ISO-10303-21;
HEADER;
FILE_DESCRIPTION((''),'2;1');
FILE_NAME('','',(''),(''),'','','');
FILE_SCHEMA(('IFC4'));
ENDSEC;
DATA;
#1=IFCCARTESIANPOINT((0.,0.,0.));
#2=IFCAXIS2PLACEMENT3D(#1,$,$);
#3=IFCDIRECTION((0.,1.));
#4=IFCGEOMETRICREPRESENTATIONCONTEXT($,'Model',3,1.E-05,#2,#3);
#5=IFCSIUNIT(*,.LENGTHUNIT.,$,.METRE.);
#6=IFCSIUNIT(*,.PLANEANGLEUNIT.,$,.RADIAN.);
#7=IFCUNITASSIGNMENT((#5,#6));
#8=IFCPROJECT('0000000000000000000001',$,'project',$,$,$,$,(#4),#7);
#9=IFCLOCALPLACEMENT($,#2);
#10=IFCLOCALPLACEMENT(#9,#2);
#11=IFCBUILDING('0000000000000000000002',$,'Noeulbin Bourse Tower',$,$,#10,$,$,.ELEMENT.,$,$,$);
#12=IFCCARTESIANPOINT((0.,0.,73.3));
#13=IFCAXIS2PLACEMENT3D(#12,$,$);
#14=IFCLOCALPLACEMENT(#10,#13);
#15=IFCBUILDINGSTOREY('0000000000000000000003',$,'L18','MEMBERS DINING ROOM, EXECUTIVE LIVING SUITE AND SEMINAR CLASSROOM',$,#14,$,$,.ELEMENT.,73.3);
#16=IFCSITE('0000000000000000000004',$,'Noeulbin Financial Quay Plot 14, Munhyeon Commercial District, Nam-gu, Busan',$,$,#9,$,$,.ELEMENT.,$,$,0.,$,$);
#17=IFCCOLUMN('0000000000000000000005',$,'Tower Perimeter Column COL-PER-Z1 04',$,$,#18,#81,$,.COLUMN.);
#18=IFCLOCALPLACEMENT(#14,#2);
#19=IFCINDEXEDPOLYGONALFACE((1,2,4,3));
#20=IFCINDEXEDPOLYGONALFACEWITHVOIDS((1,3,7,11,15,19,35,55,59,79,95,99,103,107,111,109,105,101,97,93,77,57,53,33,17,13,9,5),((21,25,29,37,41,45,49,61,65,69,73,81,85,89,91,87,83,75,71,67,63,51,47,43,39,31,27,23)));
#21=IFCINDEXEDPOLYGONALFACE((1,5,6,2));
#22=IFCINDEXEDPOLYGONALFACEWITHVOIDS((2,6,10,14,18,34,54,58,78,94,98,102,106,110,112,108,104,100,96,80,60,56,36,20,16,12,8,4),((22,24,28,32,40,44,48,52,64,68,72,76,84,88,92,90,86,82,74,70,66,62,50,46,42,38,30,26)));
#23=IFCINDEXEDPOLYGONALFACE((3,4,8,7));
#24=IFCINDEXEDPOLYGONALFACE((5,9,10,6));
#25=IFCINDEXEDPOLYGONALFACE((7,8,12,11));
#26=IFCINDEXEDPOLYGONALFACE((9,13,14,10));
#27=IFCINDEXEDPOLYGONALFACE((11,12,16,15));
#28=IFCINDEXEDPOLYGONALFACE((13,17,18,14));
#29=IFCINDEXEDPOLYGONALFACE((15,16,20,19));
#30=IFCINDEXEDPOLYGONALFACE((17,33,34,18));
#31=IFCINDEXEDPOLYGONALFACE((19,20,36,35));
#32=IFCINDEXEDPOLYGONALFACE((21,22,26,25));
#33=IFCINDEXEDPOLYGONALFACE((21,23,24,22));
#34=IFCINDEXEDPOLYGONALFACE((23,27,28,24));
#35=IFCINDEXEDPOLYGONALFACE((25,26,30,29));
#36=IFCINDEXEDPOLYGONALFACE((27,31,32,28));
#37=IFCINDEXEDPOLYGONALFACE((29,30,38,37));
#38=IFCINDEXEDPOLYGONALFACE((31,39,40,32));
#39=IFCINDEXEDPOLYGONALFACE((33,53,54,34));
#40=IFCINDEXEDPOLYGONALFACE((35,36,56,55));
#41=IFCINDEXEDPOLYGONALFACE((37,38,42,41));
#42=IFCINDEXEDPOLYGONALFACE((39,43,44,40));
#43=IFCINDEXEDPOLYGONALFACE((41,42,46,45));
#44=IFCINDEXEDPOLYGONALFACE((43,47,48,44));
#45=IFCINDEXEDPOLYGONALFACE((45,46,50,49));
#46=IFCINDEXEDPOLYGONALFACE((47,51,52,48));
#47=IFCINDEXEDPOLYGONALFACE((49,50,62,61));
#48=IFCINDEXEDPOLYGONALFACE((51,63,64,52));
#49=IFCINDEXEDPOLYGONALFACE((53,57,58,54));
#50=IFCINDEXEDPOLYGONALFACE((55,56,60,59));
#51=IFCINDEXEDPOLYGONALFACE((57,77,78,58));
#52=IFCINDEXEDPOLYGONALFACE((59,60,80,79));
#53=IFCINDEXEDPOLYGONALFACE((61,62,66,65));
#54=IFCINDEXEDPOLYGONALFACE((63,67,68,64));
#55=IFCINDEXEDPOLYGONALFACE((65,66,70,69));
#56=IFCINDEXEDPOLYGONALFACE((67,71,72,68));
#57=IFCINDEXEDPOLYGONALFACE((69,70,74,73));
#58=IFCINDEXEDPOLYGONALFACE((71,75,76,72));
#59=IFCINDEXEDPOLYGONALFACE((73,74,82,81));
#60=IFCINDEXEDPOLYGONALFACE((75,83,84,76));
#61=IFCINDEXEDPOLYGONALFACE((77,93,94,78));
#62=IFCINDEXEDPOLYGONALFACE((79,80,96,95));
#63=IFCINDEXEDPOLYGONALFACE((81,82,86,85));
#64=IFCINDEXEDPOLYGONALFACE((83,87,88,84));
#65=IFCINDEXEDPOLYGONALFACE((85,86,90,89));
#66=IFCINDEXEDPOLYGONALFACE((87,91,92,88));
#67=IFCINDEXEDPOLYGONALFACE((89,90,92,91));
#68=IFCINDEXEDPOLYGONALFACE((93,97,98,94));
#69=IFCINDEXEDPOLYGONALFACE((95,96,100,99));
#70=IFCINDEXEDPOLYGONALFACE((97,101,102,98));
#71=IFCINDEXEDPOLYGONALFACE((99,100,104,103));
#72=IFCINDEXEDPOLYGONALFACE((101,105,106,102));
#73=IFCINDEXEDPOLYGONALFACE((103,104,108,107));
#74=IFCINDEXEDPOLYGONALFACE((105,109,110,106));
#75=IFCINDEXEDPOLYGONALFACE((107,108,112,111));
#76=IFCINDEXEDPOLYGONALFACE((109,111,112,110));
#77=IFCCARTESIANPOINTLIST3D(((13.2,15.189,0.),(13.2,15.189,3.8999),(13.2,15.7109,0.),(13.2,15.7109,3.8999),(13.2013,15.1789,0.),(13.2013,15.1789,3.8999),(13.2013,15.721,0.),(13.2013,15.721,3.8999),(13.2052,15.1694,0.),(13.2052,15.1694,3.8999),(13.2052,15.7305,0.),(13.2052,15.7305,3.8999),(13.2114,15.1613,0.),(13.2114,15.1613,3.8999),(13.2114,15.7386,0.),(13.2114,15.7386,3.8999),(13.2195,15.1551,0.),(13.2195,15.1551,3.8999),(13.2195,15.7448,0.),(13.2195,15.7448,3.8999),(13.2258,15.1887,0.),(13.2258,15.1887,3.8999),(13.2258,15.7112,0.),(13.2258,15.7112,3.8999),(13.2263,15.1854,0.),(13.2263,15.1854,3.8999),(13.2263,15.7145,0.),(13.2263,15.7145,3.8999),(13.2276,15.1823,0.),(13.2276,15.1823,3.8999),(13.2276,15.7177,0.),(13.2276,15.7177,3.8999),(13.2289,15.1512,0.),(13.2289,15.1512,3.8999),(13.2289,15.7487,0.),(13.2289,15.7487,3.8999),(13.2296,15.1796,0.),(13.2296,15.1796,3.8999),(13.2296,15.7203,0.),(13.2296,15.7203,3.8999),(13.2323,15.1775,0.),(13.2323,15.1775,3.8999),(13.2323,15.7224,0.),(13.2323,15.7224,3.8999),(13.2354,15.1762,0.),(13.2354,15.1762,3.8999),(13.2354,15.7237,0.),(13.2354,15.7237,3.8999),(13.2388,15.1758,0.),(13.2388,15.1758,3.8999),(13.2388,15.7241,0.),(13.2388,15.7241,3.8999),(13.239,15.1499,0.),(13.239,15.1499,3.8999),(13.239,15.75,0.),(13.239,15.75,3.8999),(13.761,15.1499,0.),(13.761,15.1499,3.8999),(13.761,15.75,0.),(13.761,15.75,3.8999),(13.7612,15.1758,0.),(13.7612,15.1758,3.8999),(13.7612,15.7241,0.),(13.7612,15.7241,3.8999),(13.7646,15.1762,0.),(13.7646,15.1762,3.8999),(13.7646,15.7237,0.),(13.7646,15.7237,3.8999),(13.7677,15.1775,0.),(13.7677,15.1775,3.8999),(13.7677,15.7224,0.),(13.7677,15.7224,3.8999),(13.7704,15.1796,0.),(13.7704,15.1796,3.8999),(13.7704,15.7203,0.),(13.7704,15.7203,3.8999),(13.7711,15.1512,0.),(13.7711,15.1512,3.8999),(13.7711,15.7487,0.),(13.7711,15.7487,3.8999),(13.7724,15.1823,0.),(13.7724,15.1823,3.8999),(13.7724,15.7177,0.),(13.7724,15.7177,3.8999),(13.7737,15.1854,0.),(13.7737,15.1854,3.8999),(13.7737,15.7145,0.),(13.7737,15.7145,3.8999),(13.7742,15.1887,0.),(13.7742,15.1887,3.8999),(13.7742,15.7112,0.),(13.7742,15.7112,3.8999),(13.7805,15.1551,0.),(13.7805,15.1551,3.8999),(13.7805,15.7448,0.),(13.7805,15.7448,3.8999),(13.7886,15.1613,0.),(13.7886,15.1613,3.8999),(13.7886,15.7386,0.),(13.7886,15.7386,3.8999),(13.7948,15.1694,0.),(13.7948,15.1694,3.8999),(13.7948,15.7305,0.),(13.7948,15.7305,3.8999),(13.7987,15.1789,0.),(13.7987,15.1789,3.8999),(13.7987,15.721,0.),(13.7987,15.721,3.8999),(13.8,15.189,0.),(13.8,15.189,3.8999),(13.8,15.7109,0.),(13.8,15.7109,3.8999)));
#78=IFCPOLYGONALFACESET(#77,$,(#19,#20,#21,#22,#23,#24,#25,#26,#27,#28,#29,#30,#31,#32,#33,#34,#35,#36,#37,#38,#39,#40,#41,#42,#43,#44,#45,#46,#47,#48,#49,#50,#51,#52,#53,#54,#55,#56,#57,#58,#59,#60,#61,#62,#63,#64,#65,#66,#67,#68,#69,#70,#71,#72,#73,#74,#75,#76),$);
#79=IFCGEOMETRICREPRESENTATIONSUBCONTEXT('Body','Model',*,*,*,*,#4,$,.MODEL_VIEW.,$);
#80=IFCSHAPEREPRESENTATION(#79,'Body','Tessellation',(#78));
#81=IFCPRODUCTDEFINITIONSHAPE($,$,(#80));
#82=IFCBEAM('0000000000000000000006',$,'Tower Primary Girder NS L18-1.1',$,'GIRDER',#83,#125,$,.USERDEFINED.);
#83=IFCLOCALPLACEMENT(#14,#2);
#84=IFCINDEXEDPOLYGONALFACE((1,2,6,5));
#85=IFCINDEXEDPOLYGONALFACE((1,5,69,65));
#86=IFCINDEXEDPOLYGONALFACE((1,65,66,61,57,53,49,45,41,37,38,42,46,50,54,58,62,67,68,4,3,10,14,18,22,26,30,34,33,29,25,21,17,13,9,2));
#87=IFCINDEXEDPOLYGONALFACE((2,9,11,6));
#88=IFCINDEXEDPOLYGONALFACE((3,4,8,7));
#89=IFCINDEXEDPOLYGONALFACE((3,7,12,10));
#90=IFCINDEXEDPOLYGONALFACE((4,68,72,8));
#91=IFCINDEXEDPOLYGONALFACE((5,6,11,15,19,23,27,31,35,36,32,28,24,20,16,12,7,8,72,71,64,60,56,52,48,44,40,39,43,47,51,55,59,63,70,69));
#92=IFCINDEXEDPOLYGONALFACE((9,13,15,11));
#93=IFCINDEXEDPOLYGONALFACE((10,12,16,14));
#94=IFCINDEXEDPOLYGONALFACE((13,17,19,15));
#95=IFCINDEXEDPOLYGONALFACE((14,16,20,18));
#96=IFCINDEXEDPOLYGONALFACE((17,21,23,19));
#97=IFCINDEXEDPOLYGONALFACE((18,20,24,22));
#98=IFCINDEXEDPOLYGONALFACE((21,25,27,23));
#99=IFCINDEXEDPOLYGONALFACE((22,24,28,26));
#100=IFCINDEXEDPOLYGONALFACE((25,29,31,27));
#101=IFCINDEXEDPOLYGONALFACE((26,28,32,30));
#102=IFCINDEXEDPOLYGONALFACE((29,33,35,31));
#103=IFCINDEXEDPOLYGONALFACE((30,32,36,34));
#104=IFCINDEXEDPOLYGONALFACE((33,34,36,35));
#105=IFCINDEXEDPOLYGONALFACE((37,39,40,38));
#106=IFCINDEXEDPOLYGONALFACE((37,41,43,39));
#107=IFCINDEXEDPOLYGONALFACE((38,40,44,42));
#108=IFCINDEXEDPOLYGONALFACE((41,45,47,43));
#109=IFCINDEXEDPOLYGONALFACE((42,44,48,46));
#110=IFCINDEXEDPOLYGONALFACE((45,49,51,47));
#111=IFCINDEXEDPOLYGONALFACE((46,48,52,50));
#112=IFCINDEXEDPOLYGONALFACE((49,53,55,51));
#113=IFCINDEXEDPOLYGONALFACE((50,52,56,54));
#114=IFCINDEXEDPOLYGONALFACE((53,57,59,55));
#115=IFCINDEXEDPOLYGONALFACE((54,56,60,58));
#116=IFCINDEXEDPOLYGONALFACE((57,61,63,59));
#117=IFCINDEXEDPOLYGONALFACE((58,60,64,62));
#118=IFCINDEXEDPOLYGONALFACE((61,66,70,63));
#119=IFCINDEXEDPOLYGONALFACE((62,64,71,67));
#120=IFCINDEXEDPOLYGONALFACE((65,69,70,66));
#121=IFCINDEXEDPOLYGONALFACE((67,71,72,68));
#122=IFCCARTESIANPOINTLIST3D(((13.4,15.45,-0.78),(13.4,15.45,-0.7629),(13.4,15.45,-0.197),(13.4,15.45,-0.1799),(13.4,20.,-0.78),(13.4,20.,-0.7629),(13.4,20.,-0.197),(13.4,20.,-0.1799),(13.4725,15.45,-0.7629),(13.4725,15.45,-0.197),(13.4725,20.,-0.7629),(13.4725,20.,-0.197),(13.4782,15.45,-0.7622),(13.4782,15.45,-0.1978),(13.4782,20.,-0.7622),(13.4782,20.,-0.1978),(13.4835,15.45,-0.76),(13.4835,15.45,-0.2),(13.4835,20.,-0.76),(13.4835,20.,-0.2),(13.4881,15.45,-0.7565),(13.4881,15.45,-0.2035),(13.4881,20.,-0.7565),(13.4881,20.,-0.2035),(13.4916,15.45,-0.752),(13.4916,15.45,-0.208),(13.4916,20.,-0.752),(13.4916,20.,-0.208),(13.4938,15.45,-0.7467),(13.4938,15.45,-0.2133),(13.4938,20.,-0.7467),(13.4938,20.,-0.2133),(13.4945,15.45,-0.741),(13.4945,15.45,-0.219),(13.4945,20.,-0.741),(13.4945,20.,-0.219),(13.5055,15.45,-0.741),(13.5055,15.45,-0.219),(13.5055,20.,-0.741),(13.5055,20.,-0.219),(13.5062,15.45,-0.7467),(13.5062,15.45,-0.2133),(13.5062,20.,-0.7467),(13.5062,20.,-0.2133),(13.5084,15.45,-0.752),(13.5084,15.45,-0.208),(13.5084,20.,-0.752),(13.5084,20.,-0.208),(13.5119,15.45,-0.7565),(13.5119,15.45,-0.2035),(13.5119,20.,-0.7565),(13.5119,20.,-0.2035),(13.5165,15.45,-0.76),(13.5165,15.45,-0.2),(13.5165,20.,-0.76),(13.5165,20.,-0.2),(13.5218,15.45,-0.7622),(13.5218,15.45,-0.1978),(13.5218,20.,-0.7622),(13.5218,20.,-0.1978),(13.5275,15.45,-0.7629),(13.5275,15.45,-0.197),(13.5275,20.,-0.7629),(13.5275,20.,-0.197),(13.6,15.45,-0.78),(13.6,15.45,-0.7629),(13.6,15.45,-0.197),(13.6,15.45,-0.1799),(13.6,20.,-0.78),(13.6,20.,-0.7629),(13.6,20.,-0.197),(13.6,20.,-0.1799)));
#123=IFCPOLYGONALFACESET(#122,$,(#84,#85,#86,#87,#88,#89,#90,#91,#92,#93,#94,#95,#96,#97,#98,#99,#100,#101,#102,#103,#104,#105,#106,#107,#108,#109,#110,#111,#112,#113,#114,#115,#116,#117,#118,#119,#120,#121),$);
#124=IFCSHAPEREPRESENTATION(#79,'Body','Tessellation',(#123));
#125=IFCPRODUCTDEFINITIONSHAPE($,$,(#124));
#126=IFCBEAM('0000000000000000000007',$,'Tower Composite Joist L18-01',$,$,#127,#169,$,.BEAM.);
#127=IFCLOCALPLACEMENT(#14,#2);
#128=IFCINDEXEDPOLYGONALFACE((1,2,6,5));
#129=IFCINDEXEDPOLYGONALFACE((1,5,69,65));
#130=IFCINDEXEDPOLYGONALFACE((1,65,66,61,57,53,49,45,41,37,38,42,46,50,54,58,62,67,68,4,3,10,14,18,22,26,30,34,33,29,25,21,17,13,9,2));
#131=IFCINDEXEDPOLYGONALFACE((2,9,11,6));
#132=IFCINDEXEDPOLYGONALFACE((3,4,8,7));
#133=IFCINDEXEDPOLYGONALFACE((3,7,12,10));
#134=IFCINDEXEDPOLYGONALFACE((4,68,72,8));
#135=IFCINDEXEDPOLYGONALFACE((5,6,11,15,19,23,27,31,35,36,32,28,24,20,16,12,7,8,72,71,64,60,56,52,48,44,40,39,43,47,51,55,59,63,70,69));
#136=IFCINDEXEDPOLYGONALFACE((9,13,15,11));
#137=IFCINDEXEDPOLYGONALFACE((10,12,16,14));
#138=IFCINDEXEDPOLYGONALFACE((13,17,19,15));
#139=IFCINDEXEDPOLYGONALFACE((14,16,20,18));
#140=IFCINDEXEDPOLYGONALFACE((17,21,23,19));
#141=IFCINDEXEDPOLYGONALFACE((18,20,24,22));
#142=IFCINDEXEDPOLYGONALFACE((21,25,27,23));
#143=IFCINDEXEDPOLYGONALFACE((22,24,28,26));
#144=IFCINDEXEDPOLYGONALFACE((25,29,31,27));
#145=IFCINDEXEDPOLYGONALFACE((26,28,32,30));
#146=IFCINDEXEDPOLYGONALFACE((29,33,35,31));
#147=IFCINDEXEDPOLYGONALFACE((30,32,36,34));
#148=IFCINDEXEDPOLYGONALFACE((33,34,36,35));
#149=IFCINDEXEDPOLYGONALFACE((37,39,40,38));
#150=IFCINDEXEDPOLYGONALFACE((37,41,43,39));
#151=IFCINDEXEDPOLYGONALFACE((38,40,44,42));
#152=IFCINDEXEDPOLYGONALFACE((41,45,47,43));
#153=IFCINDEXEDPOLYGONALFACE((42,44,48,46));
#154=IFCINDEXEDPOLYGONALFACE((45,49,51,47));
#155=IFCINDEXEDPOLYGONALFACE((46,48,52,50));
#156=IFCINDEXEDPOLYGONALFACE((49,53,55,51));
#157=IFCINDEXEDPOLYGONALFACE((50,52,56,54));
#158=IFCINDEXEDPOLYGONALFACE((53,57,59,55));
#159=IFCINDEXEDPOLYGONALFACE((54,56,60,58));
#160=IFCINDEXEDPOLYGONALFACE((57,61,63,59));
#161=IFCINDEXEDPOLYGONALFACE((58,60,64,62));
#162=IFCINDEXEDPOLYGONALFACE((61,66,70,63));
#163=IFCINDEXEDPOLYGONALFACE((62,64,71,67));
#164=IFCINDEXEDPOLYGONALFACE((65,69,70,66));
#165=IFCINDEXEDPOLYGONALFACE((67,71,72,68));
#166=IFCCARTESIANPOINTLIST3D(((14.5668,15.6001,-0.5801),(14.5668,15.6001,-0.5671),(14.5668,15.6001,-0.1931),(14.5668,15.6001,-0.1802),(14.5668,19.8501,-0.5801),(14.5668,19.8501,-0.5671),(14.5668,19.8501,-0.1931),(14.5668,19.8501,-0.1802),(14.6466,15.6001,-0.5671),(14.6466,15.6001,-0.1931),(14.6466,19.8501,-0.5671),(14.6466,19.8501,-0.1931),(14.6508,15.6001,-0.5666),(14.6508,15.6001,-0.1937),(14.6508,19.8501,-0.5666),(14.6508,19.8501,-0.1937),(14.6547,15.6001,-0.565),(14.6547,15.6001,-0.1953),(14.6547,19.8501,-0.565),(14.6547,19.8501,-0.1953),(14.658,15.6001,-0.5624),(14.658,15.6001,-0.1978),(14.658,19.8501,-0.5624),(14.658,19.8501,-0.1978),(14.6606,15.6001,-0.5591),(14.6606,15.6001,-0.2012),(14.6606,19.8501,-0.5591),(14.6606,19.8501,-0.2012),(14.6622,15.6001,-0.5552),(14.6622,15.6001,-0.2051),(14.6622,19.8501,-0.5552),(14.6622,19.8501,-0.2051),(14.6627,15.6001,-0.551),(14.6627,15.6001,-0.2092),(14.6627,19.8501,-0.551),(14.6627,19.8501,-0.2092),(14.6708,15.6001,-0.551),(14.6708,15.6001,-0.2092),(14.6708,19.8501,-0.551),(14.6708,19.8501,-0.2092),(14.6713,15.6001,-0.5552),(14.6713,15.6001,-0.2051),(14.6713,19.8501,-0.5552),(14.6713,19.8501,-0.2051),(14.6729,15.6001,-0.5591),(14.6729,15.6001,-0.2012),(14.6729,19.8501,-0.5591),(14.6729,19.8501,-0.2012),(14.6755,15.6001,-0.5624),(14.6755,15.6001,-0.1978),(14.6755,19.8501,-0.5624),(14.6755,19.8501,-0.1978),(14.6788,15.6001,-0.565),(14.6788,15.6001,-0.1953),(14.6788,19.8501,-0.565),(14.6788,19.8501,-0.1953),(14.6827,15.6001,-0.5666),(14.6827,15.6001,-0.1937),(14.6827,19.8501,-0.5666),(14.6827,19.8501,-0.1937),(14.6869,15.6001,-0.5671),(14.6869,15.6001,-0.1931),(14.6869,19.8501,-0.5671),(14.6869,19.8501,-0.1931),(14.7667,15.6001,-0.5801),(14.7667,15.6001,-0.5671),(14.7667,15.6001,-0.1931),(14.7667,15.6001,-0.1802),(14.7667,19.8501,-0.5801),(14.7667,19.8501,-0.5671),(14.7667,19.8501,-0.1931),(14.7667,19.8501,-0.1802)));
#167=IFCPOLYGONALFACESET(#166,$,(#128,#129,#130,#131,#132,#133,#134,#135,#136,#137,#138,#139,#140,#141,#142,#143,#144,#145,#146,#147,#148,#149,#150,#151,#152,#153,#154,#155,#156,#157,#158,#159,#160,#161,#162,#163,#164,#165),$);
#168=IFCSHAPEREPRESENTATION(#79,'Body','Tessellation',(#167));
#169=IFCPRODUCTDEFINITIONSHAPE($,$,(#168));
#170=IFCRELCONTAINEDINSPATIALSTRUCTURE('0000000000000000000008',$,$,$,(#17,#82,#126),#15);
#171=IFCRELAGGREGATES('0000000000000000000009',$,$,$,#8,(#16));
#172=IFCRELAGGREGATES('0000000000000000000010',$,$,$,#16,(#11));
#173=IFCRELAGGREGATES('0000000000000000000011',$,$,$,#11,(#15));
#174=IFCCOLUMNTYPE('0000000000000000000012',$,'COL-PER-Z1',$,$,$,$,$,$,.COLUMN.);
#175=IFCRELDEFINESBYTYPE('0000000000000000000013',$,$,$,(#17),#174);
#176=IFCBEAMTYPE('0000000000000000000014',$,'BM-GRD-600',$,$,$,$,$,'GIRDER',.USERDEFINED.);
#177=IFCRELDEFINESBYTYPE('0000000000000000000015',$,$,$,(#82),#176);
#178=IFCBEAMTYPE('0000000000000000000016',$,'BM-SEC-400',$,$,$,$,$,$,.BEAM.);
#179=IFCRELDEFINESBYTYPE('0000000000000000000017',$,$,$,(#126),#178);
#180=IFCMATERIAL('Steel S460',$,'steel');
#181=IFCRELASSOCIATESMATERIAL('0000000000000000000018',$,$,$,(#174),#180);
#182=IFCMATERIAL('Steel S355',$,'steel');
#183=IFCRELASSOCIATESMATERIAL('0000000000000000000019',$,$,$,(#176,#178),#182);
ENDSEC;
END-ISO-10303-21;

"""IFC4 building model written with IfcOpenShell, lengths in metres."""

from ifc_helpers import new_model, si_unit, direction, frame, origin, origin_2d, place, context, subcontext, project, spatial, hollow_rectangle, i_section, extrude, material, material_profile, profile_set, type_object, element, save


model = new_model("IFC4")

# Units and contexts
model_context = context("Model", 3, precision=1e-05, world=origin(), true_north=direction((0.0, 1.0)))
body_context = subcontext(model_context, "Body", "Model", "MODEL_VIEW")
ifc_project = project(units=[si_unit("LENGTHUNIT", "METRE"), si_unit("PLANEANGLEUNIT", "RADIAN")], contexts=[model_context])

# Site, building, storey
site_placement = place(None, origin())
site = spatial("IfcSite", under=ifc_project, at=site_placement, Name="Noeulbin Financial Quay Plot 14, Munhyeon Commercial District, Nam-gu, Busan", CompositionType="ELEMENT", RefElevation=0.0)
building_placement = place(site_placement, origin())
building = spatial("IfcBuilding", under=site, at=building_placement, Name="Noeulbin Bourse Tower", CompositionType="ELEMENT")
storey_placement = place(building_placement, frame((0.0, 0.0, 73.3)))
storey = spatial("IfcBuildingStorey", under=building, at=storey_placement, Name="L18", Description="MEMBERS DINING ROOM, EXECUTIVE LIVING SUITE AND SEMINAR CLASSROOM", CompositionType="ELEMENT", Elevation=73.3)

# Column
ifc_material_1 = material(Name="Steel S460", Category="steel")
ifc_material_profile_1 = material_profile(ifc_material_1, hollow_rectangle(XDim=0.6001, YDim=0.6001, WallThickness=0.0259, InnerFilletRadius=0.0129, OuterFilletRadius=0.0391, at=origin_2d()), Name="BOX-600x600x26", Category="LoadBearing")
ifc_profile_set_1 = profile_set([ifc_material_profile_1], Name="Steel S460")
column_type = type_object("IfcColumnType", Name="COL-PER-Z1", PredefinedType="COLUMN", material=ifc_profile_set_1)
column_placement = place(storey_placement, frame((13.5, 15.45, 0.0), z_axis=(0.0, 0.0, 1.0), x_axis=(1.0, 0.0, 0.0)))
element("IfcColumn", 1, at=column_placement, inside=storey, type_object=column_type, Name="Tower Perimeter Column COL-PER-Z1 04", PredefinedType="COLUMN", context=body_context, shape_type="SweptSolid", body=[
    extrude(hollow_rectangle(XDim=0.6001, YDim=0.6001, WallThickness=0.0259, InnerFilletRadius=0.0129, OuterFilletRadius=0.0391, at=origin_2d()), origin(), (0.0, 0.0, 1.0), 3.8999),
])

# Beams
ifc_material_2 = material(Name="Steel S355", Category="steel")
ifc_material_profile_2 = material_profile(ifc_material_2, i_section(OverallWidth=0.2, OverallDepth=0.6001, WebThickness=0.011, FlangeThickness=0.0171, FilletRadius=0.022, at=origin_2d()), Name="H-600x200x11x17", Category="LoadBearing")
ifc_profile_set_2 = profile_set([ifc_material_profile_2], Name="Steel S355")
beam_type_1 = type_object("IfcBeamType", Name="BM-GRD-600", ElementType="GIRDER", PredefinedType="USERDEFINED", material=ifc_profile_set_2)
beam_1_placement = place(storey_placement, frame((13.5, 15.45, -0.48), z_axis=(0.0, 1.0, 0.0), x_axis=(-1.0, 0.0, 0.0)))
element("IfcBeam", 2, at=beam_1_placement, inside=storey, type_object=beam_type_1, Name="Tower Primary Girder NS L18-1.1", ObjectType="GIRDER", PredefinedType="USERDEFINED", context=body_context, shape_type="SweptSolid", body=[
    extrude(i_section(OverallWidth=0.2, OverallDepth=0.6001, WebThickness=0.011, FlangeThickness=0.0171, FilletRadius=0.022, at=origin_2d()), origin(), (0.0, 0.0, 1.0), 4.55),
])
ifc_material_profile_3 = material_profile(ifc_material_2, i_section(OverallWidth=0.2, OverallDepth=0.3999, WebThickness=0.0081, FlangeThickness=0.0129, FilletRadius=0.0161, at=origin_2d()), Name="H-400x200x8x13", Category="LoadBearing")
ifc_profile_set_3 = profile_set([ifc_material_profile_3], Name="Steel S355")
beam_type_2 = type_object("IfcBeamType", Name="BM-SEC-400", PredefinedType="BEAM", material=ifc_profile_set_3)
for number, where, z_axis, x_axis, name in (
    (3, (14.6667, 15.6001, -0.3801), (0.0, 1.0, 0.0), (-1.0, 0.0, 0.0), "Tower Composite Joist L18-01"),
):
    element("IfcBeam", number, at=place(storey_placement, frame(where, z_axis=z_axis, x_axis=x_axis)), inside=storey, type_object=beam_type_2, Name=name, PredefinedType="BEAM", context=body_context, shape_type="SweptSolid", body=[
        extrude(i_section(OverallWidth=0.2, OverallDepth=0.3999, WebThickness=0.0081, FlangeThickness=0.0129, FilletRadius=0.0161, at=origin_2d()), origin(), (0.0, 0.0, 1.0), 4.25),
    ])

save(model, "model.ifc")
